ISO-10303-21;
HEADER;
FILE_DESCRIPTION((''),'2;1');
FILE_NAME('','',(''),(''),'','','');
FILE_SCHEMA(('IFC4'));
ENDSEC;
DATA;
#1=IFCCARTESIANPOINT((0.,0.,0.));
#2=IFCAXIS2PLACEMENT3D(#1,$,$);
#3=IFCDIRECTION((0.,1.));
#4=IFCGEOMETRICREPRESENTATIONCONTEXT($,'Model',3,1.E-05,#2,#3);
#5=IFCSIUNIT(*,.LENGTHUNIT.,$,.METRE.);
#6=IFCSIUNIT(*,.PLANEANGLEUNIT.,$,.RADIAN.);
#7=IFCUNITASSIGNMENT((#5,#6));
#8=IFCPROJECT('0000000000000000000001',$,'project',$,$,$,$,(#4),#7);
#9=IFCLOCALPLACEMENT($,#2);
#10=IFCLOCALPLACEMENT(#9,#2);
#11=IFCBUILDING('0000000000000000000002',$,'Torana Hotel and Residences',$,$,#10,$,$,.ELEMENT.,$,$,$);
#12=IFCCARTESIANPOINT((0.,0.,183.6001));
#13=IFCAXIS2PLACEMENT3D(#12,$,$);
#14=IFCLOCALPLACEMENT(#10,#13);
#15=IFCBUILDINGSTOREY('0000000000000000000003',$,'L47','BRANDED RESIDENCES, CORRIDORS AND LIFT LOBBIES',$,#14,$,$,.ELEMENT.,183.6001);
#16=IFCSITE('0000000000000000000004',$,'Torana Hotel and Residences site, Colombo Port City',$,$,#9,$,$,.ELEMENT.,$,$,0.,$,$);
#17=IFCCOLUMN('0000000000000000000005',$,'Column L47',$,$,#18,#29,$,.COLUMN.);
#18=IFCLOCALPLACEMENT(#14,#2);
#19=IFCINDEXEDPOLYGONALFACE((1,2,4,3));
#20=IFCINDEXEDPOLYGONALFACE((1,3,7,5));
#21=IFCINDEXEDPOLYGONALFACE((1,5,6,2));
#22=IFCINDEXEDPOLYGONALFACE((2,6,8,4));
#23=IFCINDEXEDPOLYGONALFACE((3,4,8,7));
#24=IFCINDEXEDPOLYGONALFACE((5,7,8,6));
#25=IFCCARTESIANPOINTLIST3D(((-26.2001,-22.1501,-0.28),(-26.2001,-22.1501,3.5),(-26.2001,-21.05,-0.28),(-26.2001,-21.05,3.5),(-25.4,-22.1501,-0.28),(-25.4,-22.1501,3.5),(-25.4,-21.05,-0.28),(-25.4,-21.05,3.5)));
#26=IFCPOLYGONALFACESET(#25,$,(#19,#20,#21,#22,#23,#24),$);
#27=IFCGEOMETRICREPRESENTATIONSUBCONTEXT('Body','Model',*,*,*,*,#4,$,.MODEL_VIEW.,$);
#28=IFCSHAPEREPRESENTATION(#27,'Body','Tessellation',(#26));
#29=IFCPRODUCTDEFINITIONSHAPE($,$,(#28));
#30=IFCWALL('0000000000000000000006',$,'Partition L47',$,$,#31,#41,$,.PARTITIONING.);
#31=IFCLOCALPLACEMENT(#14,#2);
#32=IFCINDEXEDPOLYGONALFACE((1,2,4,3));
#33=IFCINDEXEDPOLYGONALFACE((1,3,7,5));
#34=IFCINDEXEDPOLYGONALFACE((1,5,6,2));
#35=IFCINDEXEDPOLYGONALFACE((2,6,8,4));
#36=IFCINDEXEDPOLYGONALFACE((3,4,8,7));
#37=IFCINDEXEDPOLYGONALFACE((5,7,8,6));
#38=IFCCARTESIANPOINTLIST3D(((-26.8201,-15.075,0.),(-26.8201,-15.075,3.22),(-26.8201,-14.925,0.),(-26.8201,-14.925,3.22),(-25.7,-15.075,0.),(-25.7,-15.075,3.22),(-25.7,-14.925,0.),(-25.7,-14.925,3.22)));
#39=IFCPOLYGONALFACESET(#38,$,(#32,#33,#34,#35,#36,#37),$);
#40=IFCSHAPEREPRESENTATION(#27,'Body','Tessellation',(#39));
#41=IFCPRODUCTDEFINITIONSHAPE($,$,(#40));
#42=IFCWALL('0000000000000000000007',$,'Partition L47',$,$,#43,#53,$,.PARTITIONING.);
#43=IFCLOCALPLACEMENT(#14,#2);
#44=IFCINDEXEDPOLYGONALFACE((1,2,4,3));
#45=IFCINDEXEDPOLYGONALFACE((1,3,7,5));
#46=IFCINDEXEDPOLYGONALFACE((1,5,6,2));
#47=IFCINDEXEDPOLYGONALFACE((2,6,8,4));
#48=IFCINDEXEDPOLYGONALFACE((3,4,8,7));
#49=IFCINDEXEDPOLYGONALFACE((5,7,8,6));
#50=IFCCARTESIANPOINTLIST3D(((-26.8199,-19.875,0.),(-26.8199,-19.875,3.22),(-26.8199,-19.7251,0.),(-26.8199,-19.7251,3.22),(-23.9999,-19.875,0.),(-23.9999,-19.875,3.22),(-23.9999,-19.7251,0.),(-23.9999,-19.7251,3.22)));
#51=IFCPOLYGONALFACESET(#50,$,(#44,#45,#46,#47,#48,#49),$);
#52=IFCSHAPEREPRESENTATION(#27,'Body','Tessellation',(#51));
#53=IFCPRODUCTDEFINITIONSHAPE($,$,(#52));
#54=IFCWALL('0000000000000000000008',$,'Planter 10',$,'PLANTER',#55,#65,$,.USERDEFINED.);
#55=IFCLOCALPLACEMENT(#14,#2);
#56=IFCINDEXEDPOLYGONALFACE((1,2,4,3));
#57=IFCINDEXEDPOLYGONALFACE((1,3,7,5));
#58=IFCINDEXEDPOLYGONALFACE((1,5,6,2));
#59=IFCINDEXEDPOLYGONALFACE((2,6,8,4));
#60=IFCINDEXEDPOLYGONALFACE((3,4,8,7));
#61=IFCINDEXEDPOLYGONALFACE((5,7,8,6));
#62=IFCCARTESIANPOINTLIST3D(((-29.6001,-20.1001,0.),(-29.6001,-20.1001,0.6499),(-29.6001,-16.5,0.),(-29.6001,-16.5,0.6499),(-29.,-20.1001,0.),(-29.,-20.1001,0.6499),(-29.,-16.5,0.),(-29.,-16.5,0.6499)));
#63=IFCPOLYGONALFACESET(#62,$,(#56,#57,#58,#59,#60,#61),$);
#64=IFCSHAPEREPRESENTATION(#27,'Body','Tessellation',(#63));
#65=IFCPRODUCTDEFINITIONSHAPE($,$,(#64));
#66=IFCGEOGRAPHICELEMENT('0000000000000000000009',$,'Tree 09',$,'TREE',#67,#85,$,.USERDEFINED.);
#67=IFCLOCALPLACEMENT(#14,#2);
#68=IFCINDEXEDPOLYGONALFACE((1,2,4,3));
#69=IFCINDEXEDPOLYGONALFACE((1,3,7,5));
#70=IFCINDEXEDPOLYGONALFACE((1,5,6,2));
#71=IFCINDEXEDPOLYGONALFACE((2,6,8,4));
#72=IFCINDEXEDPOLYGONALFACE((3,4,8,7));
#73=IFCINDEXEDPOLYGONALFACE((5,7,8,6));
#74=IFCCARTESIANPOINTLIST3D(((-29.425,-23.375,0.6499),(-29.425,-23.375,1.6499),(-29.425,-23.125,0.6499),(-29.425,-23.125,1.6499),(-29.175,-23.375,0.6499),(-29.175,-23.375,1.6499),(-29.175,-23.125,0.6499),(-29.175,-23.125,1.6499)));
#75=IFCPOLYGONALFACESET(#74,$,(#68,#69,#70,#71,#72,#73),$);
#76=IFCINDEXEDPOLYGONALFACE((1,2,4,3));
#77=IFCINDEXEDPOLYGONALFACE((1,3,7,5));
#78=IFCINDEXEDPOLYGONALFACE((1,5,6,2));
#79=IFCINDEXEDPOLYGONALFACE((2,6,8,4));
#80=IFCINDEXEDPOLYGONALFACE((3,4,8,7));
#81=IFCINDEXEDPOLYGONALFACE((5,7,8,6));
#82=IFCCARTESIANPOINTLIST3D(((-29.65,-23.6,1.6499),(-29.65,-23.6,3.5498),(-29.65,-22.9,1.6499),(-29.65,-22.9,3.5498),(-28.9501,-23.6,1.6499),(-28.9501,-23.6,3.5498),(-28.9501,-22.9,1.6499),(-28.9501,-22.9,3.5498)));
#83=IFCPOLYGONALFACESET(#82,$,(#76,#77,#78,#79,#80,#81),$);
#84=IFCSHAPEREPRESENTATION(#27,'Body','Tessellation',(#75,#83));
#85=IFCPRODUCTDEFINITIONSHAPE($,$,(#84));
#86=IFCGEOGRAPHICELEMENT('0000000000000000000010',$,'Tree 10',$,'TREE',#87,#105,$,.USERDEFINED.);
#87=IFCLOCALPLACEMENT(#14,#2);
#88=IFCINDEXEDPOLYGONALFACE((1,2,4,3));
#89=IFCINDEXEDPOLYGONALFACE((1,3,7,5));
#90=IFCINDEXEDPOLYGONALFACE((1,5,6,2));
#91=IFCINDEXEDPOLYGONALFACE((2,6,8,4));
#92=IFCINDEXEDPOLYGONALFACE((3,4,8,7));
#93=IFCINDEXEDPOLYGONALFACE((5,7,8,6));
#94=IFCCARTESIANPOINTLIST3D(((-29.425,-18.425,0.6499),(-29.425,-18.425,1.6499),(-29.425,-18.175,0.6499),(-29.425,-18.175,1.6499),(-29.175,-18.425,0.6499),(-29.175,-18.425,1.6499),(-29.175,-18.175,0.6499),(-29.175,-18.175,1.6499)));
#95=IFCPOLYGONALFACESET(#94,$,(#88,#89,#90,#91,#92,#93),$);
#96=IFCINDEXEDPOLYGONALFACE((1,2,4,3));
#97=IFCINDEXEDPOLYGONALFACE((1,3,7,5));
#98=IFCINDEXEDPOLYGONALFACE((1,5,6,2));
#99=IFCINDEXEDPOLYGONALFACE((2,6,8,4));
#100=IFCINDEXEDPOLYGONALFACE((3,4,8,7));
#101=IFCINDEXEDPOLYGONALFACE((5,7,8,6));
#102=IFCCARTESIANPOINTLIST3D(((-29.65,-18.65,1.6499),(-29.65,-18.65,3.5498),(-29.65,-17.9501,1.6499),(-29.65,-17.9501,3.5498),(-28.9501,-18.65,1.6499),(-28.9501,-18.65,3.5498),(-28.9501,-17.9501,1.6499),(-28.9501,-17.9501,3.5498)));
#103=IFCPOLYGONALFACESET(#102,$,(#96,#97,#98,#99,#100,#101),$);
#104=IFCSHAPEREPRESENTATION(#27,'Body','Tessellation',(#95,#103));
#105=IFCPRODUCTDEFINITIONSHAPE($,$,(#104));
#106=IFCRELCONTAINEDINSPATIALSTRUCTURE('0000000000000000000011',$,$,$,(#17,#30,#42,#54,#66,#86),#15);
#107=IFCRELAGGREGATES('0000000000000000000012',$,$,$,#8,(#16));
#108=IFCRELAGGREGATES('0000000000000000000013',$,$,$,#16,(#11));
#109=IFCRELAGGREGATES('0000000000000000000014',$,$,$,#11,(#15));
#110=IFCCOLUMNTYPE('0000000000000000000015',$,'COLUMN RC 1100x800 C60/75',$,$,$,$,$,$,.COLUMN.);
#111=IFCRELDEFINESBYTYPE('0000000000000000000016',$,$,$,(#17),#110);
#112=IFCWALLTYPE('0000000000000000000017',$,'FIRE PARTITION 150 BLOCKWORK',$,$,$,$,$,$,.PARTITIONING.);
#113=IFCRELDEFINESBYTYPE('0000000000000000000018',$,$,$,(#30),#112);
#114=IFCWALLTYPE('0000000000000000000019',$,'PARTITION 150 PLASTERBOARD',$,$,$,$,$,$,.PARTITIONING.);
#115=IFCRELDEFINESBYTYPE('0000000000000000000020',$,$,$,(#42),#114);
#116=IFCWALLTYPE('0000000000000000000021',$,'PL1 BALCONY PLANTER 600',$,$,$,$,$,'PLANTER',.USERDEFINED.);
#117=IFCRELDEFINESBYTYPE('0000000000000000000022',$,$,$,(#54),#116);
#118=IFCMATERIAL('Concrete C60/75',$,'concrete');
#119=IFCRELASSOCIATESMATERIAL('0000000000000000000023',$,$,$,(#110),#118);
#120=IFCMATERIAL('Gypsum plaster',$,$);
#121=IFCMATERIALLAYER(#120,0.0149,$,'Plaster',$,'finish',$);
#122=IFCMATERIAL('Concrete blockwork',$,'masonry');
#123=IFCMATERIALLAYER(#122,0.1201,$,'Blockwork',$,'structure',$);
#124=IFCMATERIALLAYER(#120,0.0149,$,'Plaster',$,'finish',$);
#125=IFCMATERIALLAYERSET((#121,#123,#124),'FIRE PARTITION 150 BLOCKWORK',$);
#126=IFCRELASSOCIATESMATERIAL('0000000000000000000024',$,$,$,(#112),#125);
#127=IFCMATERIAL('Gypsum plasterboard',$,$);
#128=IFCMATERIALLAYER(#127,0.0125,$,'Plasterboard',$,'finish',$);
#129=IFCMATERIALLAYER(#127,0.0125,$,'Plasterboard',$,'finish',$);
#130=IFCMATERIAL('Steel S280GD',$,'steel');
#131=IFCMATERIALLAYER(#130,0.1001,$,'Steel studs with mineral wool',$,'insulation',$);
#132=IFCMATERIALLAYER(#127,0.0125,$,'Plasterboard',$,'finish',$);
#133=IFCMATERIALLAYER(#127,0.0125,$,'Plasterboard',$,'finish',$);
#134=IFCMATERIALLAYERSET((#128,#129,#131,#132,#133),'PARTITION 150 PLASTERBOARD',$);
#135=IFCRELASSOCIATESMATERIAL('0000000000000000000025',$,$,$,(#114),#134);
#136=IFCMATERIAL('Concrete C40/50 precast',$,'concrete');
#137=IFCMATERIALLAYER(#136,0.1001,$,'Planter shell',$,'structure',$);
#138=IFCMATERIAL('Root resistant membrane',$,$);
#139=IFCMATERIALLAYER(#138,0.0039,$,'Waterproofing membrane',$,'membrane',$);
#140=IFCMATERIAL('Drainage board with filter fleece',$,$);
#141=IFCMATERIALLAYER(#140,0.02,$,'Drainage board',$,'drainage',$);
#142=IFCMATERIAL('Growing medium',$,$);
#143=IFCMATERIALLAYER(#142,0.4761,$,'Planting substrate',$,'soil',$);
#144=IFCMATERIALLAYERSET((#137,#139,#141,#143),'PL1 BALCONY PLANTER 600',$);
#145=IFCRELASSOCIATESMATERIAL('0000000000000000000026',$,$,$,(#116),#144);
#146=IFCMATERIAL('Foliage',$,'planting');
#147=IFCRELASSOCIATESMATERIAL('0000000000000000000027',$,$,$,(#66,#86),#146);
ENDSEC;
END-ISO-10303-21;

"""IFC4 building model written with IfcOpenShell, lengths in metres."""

from ifc_helpers import new_model, si_unit, direction, frame, frame_2d, origin, origin_2d, place, context, subcontext, project, spatial, rectangle, extrude, material, layer, layer_set, material_profile, profile_set, type_object, element, save


model = new_model("IFC4")

# Units and contexts
model_context = context("Model", 3, precision=1e-05, world=origin(), true_north=direction((0.0, 1.0)))
body_context = subcontext(model_context, "Body", "Model", "MODEL_VIEW")
ifc_project = project(units=[si_unit("LENGTHUNIT", "METRE"), si_unit("PLANEANGLEUNIT", "RADIAN")], contexts=[model_context])

# Site, building, storey
site_placement = place(None, origin())
site = spatial("IfcSite", under=ifc_project, at=site_placement, Name="Torana Hotel and Residences site, Colombo Port City", CompositionType="ELEMENT", RefElevation=0.0)
building_placement = place(site_placement, origin())
building = spatial("IfcBuilding", under=site, at=building_placement, Name="Torana Hotel and Residences", CompositionType="ELEMENT")
storey_placement = place(building_placement, frame((0.0, 0.0, 183.6001)))
storey = spatial("IfcBuildingStorey", under=building, at=storey_placement, Name="L47", Description="BRANDED RESIDENCES, CORRIDORS AND LIFT LOBBIES", CompositionType="ELEMENT", Elevation=183.6001)

# Column
ifc_material_1 = material(Name="Concrete C60/75", Category="concrete")
ifc_material_profile = material_profile(ifc_material_1, rectangle(XDim=1.1001, YDim=0.8, at=origin_2d()), Name="RC 1100x800")
ifc_profile_set = profile_set([ifc_material_profile], Name="Concrete C60/75")
column_type = type_object("IfcColumnType", Name="COLUMN RC 1100x800 C60/75", PredefinedType="COLUMN", material=ifc_profile_set)
column_placement = place(storey_placement, frame((-25.8, -21.6001, -0.28), z_axis=(0.0, 0.0, 1.0), x_axis=(0.0, 1.0, 0.0)))
element("IfcColumn", 1, at=column_placement, inside=storey, type_object=column_type, Name="Column L47", PredefinedType="COLUMN", context=body_context, shape_type="SweptSolid", body=[
    extrude(rectangle(XDim=1.1001, YDim=0.8, at=origin_2d()), origin(), (0.0, 0.0, 1.0), 3.78),
])

# Shared definitions
ifc_material_2 = material(Name="Gypsum plaster")
ifc_layer_1 = layer(ifc_material_2, 0.0149, Name="Plaster", Category="finish")
ifc_material_3 = material(Name="Concrete blockwork", Category="masonry")
ifc_layer_2 = layer(ifc_material_3, 0.1201, Name="Blockwork", Category="structure")
ifc_layer_3 = layer(ifc_material_2, 0.0149, Name="Plaster", Category="finish")
ifc_layer_set_1 = layer_set([ifc_layer_1, ifc_layer_2, ifc_layer_3], Name="FIRE PARTITION 150 BLOCKWORK")
wall_type_1 = type_object("IfcWallType", Name="FIRE PARTITION 150 BLOCKWORK", PredefinedType="PARTITIONING", material=ifc_layer_set_1)

# Walls
wall_1_placement = place(storey_placement, frame((-26.8201, -15.0, 0.0), z_axis=(0.0, 0.0, 1.0), x_axis=(1.0, 0.0, 0.0)))
element("IfcWall", 2, at=wall_1_placement, inside=storey, type_object=wall_type_1, Name="Partition L47", PredefinedType="PARTITIONING", context=body_context, shape_type="SweptSolid", body=[
    extrude(rectangle(XDim=1.1201, YDim=0.1499, at=frame_2d((0.5601, 0.0))), origin(), (0.0, 0.0, 1.0), 3.22),
])
ifc_material_4 = material(Name="Gypsum plasterboard")
ifc_layer_4 = layer(ifc_material_4, 0.0125, Name="Plasterboard", Category="finish")
ifc_layer_5 = layer(ifc_material_4, 0.0125, Name="Plasterboard", Category="finish")
ifc_material_5 = material(Name="Steel S280GD", Category="steel")
ifc_layer_6 = layer(ifc_material_5, 0.1001, Name="Steel studs with mineral wool", Category="insulation")
ifc_layer_7 = layer(ifc_material_4, 0.0125, Name="Plasterboard", Category="finish")
ifc_layer_8 = layer(ifc_material_4, 0.0125, Name="Plasterboard", Category="finish")
ifc_layer_set_2 = layer_set([ifc_layer_4, ifc_layer_5, ifc_layer_6, ifc_layer_7, ifc_layer_8], Name="PARTITION 150 PLASTERBOARD")
wall_type_2 = type_object("IfcWallType", Name="PARTITION 150 PLASTERBOARD", PredefinedType="PARTITIONING", material=ifc_layer_set_2)
wall_2_placement = place(storey_placement, frame((-26.8201, -19.8, 0.0), z_axis=(0.0, 0.0, 1.0), x_axis=(1.0, 0.0, 0.0)))
element("IfcWall", 3, at=wall_2_placement, inside=storey, type_object=wall_type_2, Name="Partition L47", PredefinedType="PARTITIONING", context=body_context, shape_type="SweptSolid", body=[
    extrude(rectangle(XDim=2.8201, YDim=0.1499, at=frame_2d((1.4102, 0.0))), origin(), (0.0, 0.0, 1.0), 3.22),
])
ifc_material_6 = material(Name="Concrete C40/50 precast", Category="concrete")
ifc_layer_9 = layer(ifc_material_6, 0.1001, Name="Planter shell", Category="structure")
ifc_material_7 = material(Name="Root resistant membrane")
ifc_layer_10 = layer(ifc_material_7, 0.0039, Name="Waterproofing membrane", Category="membrane")
ifc_material_8 = material(Name="Drainage board with filter fleece")
ifc_layer_11 = layer(ifc_material_8, 0.02, Name="Drainage board", Category="drainage")
ifc_material_9 = material(Name="Growing medium")
ifc_layer_12 = layer(ifc_material_9, 0.4761, Name="Planting substrate", Category="soil")
ifc_layer_set_3 = layer_set([ifc_layer_9, ifc_layer_10, ifc_layer_11, ifc_layer_12], Name="PL1 BALCONY PLANTER 600")
wall_type_3 = type_object("IfcWallType", Name="PL1 BALCONY PLANTER 600", ElementType="PLANTER", PredefinedType="USERDEFINED", material=ifc_layer_set_3)
wall_3_placement = place(storey_placement, frame((-29.3, -20.1001, 0.0), z_axis=(0.0, 0.0, 1.0), x_axis=(0.0, 1.0, 0.0)))
element("IfcWall", 4, at=wall_3_placement, inside=storey, type_object=wall_type_3, Name="Planter 10", ObjectType="PLANTER", PredefinedType="USERDEFINED", context=body_context, shape_type="SweptSolid", body=[
    extrude(rectangle(XDim=3.6001, YDim=0.6001, at=frame_2d((1.8, 0.0))), origin(), (0.0, 0.0, 1.0), 0.6499),
])

# Geographic elements
ifc_material_10 = material(Name="Foliage", Category="planting")
for number, where, z_axis, x_axis, name in (
    (5, (-29.3, -23.25, 0.6499), (0.0, 0.0, 1.0), (1.0, 0.0, 0.0), "Tree 09"),
    (6, (-29.3, -18.3, 0.6499), (0.0, 0.0, 1.0), (1.0, 0.0, 0.0), "Tree 10"),
):
    element("IfcGeographicElement", number, at=place(storey_placement, frame(where, z_axis=z_axis, x_axis=x_axis)), inside=storey, material=ifc_material_10, Name=name, ObjectType="TREE", PredefinedType="USERDEFINED", context=body_context, shape_type="SweptSolid", body=[
        extrude(rectangle(XDim=0.25, YDim=0.25, at=origin_2d()), origin(), (0.0, 0.0, 1.0), 1.0),
        extrude(rectangle(XDim=0.7, YDim=0.7, at=origin_2d()), frame((0.0, 0.0, 1.0)), (0.0, 0.0, 1.0), 1.8999),
    ])

save(model, "model.ifc")
